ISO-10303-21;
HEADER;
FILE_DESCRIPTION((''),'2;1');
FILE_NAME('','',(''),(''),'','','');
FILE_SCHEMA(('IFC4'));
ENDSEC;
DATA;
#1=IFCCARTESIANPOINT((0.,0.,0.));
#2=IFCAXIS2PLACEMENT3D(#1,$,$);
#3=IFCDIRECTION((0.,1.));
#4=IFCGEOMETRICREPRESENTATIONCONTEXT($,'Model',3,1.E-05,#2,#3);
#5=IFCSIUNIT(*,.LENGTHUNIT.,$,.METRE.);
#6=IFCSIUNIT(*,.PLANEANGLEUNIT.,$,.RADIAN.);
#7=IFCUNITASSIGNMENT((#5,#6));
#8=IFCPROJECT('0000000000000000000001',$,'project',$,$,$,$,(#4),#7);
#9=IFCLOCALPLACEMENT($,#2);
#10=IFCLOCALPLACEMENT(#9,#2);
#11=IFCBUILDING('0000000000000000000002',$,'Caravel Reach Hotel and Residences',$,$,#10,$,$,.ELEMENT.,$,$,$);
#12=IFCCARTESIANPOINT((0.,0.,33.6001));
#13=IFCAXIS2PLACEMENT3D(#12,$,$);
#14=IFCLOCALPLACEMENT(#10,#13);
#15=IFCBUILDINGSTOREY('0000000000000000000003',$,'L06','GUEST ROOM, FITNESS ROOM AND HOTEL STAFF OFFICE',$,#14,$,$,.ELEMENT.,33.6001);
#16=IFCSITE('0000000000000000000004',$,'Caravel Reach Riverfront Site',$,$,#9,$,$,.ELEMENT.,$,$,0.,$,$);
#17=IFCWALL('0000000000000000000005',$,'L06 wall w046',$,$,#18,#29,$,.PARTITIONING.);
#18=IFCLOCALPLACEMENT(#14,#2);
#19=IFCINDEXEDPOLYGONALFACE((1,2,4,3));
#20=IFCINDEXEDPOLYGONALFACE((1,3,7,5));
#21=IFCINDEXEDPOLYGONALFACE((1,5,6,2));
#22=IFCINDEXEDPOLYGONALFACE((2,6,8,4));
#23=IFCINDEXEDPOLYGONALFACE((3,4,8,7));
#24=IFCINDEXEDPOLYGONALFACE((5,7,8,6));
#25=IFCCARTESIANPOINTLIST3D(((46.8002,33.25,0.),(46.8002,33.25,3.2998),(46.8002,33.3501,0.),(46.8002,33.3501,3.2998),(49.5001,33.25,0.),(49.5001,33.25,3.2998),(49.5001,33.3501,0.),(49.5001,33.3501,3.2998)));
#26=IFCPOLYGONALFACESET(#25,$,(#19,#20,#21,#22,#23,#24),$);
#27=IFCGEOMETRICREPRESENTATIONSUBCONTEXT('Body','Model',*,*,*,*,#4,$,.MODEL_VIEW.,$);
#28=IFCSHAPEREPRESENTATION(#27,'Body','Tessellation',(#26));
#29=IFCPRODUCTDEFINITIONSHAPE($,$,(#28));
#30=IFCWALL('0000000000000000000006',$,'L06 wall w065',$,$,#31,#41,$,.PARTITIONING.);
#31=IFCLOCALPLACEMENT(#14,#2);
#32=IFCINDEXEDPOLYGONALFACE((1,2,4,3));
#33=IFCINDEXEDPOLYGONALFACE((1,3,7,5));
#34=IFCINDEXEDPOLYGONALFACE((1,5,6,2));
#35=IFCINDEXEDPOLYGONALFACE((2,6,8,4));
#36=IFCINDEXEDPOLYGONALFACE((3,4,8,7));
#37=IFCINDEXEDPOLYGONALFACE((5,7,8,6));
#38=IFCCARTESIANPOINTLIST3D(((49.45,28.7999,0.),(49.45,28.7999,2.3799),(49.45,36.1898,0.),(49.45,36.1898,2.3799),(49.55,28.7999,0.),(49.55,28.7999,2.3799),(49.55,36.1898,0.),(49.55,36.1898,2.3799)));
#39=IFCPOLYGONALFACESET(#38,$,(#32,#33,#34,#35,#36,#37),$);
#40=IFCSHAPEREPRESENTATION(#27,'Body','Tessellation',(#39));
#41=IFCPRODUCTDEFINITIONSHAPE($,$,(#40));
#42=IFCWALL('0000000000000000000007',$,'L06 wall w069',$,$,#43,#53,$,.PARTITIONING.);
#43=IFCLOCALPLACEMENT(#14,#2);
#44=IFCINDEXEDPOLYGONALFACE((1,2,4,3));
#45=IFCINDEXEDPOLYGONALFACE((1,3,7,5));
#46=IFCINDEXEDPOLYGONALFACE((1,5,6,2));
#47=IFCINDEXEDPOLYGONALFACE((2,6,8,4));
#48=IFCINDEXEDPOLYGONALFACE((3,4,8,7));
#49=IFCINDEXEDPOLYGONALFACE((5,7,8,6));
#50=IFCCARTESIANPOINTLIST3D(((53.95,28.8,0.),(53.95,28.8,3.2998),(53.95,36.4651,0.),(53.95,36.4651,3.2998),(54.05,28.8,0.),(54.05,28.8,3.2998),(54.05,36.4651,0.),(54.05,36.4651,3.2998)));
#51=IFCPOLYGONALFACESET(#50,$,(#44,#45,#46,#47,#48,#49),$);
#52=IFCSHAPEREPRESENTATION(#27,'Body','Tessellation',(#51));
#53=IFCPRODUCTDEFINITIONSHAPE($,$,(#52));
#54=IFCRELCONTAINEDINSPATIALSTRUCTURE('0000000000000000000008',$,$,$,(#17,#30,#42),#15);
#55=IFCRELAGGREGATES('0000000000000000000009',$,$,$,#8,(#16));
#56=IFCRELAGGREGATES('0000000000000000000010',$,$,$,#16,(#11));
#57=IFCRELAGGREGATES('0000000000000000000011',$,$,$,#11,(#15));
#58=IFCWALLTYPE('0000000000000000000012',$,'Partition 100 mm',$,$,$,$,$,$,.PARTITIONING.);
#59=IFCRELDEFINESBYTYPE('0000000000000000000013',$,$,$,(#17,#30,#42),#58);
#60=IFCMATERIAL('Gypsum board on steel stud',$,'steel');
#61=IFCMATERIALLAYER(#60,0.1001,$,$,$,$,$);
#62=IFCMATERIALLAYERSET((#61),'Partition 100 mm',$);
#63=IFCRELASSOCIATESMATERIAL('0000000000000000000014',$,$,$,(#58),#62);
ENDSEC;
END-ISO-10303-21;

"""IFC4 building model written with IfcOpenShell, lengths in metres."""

from ifc_helpers import new_model, si_unit, direction, frame, frame_2d, origin, place, context, subcontext, project, spatial, rectangle, extrude, material, layer, layer_set, type_object, element, save


model = new_model("IFC4")

# Units and contexts
model_context = context("Model", 3, precision=1e-05, world=origin(), true_north=direction((0.0, 1.0)))
body_context = subcontext(model_context, "Body", "Model", "MODEL_VIEW")
ifc_project = project(units=[si_unit("LENGTHUNIT", "METRE"), si_unit("PLANEANGLEUNIT", "RADIAN")], contexts=[model_context])

# Site, building, storey
site_placement = place(None, origin())
site = spatial("IfcSite", under=ifc_project, at=site_placement, Name="Caravel Reach Riverfront Site", CompositionType="ELEMENT", RefElevation=0.0)
building_placement = place(site_placement, origin())
building = spatial("IfcBuilding", under=site, at=building_placement, Name="Caravel Reach Hotel and Residences", CompositionType="ELEMENT")
storey_placement = place(building_placement, frame((0.0, 0.0, 33.6001)))
storey = spatial("IfcBuildingStorey", under=building, at=storey_placement, Name="L06", Description="GUEST ROOM, FITNESS ROOM AND HOTEL STAFF OFFICE", CompositionType="ELEMENT", Elevation=33.6001)

# Walls
ifc_material_1 = material(Name="Gypsum board on steel stud", Category="steel")
ifc_layer_1 = layer(ifc_material_1, 0.1001)
ifc_layer_set_1 = layer_set([ifc_layer_1], Name="Partition 100 mm")
wall_type_1 = type_object("IfcWallType", Name="Partition 100 mm", PredefinedType="PARTITIONING", material=ifc_layer_set_1)
wall_1_placement = place(storey_placement, frame((46.8, 33.3, 0.0), z_axis=(0.0, 0.0, 1.0), x_axis=(1.0, 0.0, 0.0)))
element("IfcWall", 1, at=wall_1_placement, inside=storey, type_object=wall_type_1, Name="L06 wall w046", PredefinedType="PARTITIONING", context=body_context, shape_type="SweptSolid", body=[
    extrude(rectangle(XDim=2.7, YDim=0.1001, at=frame_2d((1.3501, 0.0))), origin(), (0.0, 0.0, 1.0), 3.2998),
])
wall_2_placement = place(storey_placement, frame((49.5, 28.8, 0.0), z_axis=(0.0, 0.0, 1.0), x_axis=(0.0, 1.0, 0.0)))
element("IfcWall", 2, at=wall_2_placement, inside=storey, type_object=wall_type_1, Name="L06 wall w065", PredefinedType="PARTITIONING", context=body_context, shape_type="SweptSolid", body=[
    extrude(rectangle(XDim=7.3899, YDim=0.1001, at=frame_2d((3.6948, 0.0))), origin(), (0.0, 0.0, 1.0), 2.3799),
])
wall_3_placement = place(storey_placement, frame((54.0, 28.8, 0.0), z_axis=(0.0, 0.0, 1.0), x_axis=(0.0, 1.0, 0.0)))
element("IfcWall", 3, at=wall_3_placement, inside=storey, type_object=wall_type_1, Name="L06 wall w069", PredefinedType="PARTITIONING", context=body_context, shape_type="SweptSolid", body=[
    extrude(rectangle(XDim=7.665, YDim=0.1001, at=frame_2d((3.8325, 0.0))), origin(), (0.0, 0.0, 1.0), 3.2998),
])

save(model, "model.ifc")
